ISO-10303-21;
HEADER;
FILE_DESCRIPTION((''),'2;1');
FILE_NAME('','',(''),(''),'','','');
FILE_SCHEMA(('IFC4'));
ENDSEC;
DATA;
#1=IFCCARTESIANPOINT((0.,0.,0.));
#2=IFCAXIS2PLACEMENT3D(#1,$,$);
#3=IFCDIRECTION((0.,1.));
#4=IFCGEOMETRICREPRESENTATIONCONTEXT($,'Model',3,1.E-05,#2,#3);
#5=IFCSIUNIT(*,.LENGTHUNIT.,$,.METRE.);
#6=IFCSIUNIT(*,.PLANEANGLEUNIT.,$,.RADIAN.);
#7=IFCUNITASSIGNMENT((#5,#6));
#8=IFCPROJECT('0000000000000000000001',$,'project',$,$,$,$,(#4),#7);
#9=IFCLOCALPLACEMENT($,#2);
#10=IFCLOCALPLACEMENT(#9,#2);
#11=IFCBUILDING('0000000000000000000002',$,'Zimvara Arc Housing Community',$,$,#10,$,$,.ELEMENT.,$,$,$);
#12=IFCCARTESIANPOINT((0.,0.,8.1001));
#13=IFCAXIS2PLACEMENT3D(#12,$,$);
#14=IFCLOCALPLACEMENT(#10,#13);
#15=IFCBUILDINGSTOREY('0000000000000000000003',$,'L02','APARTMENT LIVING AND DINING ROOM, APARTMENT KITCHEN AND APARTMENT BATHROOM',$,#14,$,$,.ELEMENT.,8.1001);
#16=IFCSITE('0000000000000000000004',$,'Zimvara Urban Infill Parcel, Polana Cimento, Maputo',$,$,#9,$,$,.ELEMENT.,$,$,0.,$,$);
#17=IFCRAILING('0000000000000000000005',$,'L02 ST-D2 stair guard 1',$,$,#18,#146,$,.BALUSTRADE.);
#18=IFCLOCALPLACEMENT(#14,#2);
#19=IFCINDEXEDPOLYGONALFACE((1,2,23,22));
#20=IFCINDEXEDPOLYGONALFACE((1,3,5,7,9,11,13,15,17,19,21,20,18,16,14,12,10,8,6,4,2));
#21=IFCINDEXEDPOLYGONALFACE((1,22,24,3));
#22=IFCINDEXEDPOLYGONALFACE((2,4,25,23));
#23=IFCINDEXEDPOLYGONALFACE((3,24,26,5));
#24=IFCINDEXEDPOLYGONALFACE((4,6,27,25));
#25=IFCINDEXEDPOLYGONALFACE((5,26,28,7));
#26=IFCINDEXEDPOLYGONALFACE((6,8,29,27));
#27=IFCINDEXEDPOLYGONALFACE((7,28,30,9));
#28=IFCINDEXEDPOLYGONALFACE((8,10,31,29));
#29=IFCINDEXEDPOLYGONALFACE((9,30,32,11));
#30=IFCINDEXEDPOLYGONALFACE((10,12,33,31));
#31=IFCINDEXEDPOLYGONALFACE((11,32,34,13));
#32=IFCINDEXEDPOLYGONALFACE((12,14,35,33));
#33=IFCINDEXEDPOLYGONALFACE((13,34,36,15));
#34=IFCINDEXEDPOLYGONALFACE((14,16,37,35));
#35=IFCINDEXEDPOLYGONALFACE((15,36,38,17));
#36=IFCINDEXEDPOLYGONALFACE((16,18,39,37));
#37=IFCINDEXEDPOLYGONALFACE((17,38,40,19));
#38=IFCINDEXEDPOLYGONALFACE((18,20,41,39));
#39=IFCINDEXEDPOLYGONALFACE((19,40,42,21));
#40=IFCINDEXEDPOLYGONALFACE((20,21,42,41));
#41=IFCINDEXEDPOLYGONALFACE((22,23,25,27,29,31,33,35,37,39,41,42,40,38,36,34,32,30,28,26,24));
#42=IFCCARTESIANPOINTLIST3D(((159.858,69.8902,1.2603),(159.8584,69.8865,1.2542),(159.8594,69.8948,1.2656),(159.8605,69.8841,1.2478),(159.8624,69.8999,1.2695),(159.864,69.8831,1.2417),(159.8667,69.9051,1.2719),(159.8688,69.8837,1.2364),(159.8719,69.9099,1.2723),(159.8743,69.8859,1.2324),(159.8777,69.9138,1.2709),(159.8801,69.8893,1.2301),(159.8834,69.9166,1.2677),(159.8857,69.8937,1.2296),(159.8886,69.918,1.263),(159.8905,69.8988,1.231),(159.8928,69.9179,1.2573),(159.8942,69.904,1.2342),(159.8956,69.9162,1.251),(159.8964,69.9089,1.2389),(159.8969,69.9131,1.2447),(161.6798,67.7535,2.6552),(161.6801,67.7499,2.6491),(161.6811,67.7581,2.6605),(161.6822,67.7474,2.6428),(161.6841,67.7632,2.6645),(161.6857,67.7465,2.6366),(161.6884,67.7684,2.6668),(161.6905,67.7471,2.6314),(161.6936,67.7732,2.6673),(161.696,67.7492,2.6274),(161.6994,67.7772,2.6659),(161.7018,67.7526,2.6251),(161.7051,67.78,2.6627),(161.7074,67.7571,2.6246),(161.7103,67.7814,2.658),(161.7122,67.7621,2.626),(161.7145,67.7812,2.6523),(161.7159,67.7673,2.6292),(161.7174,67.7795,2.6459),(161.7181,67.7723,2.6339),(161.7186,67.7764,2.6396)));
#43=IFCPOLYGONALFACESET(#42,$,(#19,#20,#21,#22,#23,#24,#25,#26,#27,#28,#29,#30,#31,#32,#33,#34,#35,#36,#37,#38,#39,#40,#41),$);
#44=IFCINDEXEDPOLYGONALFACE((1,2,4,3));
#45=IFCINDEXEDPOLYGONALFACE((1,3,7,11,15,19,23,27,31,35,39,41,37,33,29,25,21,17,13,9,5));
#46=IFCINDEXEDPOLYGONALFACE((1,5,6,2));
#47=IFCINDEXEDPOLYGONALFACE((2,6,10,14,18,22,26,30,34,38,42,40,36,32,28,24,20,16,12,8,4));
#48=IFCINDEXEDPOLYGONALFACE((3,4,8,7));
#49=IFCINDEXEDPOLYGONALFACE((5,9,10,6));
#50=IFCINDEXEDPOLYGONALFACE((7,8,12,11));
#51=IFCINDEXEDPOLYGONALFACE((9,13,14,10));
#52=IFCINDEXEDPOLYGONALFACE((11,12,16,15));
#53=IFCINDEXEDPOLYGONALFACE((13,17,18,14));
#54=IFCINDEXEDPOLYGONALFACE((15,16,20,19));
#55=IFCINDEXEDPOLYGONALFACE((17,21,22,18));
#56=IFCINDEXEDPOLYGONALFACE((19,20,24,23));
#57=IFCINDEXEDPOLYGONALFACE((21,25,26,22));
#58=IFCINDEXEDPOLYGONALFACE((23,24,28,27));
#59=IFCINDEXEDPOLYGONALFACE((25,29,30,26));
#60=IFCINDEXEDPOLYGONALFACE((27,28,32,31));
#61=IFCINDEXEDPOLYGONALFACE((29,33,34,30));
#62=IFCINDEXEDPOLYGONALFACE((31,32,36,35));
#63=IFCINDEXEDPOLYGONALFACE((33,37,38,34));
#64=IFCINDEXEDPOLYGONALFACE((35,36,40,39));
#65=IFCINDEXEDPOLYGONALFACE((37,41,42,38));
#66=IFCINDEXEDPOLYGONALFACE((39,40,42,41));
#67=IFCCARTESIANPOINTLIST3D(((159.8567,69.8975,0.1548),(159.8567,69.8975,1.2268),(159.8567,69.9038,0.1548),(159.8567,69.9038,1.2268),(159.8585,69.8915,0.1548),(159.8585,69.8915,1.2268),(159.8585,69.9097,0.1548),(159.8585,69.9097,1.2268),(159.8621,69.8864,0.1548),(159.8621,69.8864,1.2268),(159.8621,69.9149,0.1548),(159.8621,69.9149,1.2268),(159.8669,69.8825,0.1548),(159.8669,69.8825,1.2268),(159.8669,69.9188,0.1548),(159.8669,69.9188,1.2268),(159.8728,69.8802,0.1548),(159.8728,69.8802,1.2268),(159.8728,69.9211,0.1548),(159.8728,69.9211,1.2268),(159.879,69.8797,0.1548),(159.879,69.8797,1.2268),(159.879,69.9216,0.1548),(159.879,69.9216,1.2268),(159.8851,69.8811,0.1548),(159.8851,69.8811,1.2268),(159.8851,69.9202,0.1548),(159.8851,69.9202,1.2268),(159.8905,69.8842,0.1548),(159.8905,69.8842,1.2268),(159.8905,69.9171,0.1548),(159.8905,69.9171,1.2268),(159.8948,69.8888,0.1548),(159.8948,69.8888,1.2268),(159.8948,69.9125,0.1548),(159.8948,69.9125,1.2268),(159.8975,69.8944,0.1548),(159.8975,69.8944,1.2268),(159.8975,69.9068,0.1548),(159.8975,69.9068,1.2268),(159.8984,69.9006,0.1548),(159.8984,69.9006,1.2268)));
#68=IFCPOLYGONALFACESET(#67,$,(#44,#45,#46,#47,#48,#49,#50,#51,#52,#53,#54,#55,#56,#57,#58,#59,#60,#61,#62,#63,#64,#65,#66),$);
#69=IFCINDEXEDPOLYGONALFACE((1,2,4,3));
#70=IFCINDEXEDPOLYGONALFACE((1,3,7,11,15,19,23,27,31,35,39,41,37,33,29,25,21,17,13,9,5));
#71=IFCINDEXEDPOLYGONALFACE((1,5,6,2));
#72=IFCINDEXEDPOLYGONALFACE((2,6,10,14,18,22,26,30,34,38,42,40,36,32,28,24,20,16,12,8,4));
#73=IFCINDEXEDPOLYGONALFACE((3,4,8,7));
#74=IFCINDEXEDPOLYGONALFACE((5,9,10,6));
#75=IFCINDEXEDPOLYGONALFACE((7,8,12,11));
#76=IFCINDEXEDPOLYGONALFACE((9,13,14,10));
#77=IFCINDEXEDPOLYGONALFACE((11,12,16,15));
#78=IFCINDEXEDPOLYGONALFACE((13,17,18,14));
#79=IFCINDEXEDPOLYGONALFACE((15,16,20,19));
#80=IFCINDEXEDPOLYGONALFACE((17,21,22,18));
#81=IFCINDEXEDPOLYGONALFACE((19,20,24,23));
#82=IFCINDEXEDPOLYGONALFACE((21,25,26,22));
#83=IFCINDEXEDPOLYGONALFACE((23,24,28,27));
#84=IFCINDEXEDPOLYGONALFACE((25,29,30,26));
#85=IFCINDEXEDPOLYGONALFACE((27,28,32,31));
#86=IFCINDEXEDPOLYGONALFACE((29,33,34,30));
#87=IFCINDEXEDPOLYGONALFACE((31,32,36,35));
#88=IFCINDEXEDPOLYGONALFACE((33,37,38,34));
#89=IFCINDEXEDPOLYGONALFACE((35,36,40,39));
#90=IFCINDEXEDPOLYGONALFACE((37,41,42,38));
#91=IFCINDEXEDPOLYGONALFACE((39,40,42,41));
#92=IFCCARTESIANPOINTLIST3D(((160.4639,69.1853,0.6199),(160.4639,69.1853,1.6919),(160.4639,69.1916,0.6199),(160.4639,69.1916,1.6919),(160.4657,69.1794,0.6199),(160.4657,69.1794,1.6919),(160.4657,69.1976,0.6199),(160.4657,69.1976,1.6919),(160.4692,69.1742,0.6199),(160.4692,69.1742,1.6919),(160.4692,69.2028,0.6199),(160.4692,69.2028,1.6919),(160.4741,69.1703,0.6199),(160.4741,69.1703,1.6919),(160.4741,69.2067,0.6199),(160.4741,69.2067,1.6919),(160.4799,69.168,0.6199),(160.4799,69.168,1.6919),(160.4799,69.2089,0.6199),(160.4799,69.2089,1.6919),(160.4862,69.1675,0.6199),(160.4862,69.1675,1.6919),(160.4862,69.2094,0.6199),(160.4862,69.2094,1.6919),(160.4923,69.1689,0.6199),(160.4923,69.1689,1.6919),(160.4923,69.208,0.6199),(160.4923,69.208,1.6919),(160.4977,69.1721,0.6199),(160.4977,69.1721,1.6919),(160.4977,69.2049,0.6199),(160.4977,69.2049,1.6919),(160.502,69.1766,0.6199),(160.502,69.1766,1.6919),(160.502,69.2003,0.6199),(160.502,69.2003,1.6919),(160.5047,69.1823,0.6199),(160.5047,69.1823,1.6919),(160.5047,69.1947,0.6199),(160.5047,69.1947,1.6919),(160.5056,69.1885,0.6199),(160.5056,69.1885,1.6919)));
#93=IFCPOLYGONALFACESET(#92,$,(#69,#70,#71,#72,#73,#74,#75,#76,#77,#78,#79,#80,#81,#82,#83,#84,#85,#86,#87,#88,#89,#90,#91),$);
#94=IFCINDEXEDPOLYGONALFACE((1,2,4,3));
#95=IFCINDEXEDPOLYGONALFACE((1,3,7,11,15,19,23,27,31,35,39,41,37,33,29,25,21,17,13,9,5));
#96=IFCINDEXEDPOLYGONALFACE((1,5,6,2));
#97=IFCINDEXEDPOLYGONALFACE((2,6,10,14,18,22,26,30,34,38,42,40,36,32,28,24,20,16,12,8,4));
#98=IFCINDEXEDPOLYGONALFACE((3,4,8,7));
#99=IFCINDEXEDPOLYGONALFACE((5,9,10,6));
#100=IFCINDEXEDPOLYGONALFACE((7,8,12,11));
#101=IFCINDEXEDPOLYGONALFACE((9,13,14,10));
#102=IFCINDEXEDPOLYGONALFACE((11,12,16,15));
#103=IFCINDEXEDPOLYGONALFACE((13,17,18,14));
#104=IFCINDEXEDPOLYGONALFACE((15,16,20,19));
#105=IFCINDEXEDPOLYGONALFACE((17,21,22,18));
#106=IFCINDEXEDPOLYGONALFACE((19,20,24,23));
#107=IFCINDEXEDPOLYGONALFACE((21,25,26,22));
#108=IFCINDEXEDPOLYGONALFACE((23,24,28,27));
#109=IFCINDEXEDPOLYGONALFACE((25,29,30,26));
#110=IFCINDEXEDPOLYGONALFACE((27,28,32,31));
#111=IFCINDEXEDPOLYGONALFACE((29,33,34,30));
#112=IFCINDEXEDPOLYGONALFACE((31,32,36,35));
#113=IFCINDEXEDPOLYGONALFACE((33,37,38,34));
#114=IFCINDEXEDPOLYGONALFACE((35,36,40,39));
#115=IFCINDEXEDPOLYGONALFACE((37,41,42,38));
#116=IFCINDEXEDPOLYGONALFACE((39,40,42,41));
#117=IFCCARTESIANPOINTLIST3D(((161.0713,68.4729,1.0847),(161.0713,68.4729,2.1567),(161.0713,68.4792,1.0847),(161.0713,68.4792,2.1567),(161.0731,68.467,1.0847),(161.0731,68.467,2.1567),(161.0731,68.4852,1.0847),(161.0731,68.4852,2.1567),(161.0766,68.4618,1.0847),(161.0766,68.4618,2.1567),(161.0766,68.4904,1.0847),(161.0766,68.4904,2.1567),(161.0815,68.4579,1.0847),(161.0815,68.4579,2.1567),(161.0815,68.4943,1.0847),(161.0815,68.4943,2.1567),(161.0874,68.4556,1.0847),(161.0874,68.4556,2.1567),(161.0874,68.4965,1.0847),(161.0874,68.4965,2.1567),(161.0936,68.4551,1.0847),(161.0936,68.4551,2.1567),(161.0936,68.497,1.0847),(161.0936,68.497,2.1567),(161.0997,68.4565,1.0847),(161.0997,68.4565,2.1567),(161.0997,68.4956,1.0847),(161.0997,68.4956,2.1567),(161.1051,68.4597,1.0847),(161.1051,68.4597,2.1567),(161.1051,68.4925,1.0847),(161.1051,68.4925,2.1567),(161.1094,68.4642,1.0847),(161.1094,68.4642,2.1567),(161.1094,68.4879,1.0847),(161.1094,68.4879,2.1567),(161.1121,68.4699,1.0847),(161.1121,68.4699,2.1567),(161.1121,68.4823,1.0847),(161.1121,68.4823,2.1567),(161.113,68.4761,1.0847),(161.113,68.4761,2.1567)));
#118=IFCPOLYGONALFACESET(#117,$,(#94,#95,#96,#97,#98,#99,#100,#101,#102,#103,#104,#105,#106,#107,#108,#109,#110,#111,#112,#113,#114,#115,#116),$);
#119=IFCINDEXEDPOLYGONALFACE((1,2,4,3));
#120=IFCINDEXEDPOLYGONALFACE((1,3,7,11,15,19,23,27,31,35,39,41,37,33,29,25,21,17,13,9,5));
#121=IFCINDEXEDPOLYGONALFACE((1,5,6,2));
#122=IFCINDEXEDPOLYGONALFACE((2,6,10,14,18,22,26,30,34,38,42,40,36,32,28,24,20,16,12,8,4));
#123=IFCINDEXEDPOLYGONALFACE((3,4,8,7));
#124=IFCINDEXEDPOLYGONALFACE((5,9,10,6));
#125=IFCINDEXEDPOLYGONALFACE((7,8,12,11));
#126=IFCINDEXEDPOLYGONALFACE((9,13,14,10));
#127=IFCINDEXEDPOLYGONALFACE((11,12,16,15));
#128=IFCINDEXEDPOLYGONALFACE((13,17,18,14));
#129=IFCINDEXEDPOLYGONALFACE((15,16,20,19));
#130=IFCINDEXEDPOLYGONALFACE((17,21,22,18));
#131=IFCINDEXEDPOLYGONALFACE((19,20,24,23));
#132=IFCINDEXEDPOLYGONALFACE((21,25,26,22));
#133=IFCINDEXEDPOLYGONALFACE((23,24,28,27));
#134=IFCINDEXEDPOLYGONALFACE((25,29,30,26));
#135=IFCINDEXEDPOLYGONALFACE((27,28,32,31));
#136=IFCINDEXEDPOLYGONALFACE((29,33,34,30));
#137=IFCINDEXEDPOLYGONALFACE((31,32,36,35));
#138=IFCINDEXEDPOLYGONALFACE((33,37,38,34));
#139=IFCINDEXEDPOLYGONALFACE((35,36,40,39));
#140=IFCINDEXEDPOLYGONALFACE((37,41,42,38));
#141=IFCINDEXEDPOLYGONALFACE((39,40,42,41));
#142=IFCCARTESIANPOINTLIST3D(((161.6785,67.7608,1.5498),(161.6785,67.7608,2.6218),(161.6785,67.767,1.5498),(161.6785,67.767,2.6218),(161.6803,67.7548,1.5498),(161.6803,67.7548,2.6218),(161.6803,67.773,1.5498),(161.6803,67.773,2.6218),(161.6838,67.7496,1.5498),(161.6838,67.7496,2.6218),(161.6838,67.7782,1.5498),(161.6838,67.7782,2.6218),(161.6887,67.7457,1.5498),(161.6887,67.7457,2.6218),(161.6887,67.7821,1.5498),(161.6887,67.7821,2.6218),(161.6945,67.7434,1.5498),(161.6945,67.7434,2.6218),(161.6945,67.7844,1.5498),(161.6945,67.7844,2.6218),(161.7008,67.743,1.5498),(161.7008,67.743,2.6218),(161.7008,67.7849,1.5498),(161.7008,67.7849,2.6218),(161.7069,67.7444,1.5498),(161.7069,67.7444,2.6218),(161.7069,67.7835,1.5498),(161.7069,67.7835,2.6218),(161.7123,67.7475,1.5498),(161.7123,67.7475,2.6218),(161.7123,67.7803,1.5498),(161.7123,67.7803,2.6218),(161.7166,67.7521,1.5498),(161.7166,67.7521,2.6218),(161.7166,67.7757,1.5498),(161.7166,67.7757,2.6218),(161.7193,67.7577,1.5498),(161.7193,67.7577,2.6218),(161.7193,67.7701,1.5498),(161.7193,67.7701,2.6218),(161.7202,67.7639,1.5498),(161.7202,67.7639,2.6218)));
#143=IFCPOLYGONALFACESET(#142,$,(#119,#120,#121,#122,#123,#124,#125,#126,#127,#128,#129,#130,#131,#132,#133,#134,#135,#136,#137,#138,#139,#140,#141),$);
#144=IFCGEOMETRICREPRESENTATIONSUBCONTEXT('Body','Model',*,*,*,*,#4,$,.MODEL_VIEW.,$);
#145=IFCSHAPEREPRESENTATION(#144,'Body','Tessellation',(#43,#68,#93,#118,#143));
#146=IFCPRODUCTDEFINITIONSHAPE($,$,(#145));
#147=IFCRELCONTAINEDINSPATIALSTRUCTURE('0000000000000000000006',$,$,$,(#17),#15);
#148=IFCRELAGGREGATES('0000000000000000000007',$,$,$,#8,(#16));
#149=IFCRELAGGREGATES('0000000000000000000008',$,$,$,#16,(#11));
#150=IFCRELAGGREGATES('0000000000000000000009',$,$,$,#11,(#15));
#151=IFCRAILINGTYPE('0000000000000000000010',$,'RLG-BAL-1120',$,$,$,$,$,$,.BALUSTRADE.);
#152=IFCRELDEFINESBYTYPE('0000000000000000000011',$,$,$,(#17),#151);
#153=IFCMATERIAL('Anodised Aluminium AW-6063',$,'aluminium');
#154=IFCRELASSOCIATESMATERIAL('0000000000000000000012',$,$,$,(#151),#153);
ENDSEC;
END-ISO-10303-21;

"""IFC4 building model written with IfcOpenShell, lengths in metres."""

from ifc_helpers import new_model, si_unit, direction, frame, origin, origin_2d, place, context, subcontext, project, spatial, circle, extrude, material, type_object, element, save


model = new_model("IFC4")

# Units and contexts
model_context = context("Model", 3, precision=1e-05, world=origin(), true_north=direction((0.0, 1.0)))
body_context = subcontext(model_context, "Body", "Model", "MODEL_VIEW")
ifc_project = project(units=[si_unit("LENGTHUNIT", "METRE"), si_unit("PLANEANGLEUNIT", "RADIAN")], contexts=[model_context])

# Site, building, storey
site_placement = place(None, origin())
site = spatial("IfcSite", under=ifc_project, at=site_placement, Name="Zimvara Urban Infill Parcel, Polana Cimento, Maputo", CompositionType="ELEMENT", RefElevation=0.0)
building_placement = place(site_placement, origin())
building = spatial("IfcBuilding", under=site, at=building_placement, Name="Zimvara Arc Housing Community", CompositionType="ELEMENT")
storey_placement = place(building_placement, frame((0.0, 0.0, 8.1001)))
storey = spatial("IfcBuildingStorey", under=building, at=storey_placement, Name="L02", Description="APARTMENT LIVING AND DINING ROOM, APARTMENT KITCHEN AND APARTMENT BATHROOM", CompositionType="ELEMENT", Elevation=8.1001)

# Railing
ifc_material_1 = material(Name="Anodised Aluminium AW-6063", Category="aluminium")
railing_type_1 = type_object("IfcRailingType", Name="RLG-BAL-1120", PredefinedType="BALUSTRADE", material=ifc_material_1)
railing_1_placement = place(storey_placement, frame((159.8774, 69.9006, 0.1548)))
element("IfcRailing", 1, at=railing_1_placement, inside=storey, type_object=railing_type_1, Name="L02 ST-D2 stair guard 1", PredefinedType="BALUSTRADE", context=body_context, shape_type="SweptSolid", body=[
    extrude(circle(Radius=0.0239, at=origin_2d()), frame((0.0, 0.0, 1.0962), z_axis=(0.581041, -0.681489, 0.44493), x_axis=(0.76096, 0.648799, 0.0)), (0.0, 0.0, 1.0), 3.1353),
    extrude(circle(Radius=0.021, at=origin_2d()), origin(), (0.0, 0.0, 1.0), 1.072),
    extrude(circle(Radius=0.021, at=origin_2d()), frame((0.6072, -0.7122, 0.4651)), (0.0, 0.0, 1.0), 1.072),
    extrude(circle(Radius=0.021, at=origin_2d()), frame((1.2146, -1.4246, 0.9299)), (0.0, 0.0, 1.0), 1.072),
    extrude(circle(Radius=0.021, at=origin_2d()), frame((1.8218, -2.1367, 1.395)), (0.0, 0.0, 1.0), 1.072),
])

save(model, "model.ifc")
